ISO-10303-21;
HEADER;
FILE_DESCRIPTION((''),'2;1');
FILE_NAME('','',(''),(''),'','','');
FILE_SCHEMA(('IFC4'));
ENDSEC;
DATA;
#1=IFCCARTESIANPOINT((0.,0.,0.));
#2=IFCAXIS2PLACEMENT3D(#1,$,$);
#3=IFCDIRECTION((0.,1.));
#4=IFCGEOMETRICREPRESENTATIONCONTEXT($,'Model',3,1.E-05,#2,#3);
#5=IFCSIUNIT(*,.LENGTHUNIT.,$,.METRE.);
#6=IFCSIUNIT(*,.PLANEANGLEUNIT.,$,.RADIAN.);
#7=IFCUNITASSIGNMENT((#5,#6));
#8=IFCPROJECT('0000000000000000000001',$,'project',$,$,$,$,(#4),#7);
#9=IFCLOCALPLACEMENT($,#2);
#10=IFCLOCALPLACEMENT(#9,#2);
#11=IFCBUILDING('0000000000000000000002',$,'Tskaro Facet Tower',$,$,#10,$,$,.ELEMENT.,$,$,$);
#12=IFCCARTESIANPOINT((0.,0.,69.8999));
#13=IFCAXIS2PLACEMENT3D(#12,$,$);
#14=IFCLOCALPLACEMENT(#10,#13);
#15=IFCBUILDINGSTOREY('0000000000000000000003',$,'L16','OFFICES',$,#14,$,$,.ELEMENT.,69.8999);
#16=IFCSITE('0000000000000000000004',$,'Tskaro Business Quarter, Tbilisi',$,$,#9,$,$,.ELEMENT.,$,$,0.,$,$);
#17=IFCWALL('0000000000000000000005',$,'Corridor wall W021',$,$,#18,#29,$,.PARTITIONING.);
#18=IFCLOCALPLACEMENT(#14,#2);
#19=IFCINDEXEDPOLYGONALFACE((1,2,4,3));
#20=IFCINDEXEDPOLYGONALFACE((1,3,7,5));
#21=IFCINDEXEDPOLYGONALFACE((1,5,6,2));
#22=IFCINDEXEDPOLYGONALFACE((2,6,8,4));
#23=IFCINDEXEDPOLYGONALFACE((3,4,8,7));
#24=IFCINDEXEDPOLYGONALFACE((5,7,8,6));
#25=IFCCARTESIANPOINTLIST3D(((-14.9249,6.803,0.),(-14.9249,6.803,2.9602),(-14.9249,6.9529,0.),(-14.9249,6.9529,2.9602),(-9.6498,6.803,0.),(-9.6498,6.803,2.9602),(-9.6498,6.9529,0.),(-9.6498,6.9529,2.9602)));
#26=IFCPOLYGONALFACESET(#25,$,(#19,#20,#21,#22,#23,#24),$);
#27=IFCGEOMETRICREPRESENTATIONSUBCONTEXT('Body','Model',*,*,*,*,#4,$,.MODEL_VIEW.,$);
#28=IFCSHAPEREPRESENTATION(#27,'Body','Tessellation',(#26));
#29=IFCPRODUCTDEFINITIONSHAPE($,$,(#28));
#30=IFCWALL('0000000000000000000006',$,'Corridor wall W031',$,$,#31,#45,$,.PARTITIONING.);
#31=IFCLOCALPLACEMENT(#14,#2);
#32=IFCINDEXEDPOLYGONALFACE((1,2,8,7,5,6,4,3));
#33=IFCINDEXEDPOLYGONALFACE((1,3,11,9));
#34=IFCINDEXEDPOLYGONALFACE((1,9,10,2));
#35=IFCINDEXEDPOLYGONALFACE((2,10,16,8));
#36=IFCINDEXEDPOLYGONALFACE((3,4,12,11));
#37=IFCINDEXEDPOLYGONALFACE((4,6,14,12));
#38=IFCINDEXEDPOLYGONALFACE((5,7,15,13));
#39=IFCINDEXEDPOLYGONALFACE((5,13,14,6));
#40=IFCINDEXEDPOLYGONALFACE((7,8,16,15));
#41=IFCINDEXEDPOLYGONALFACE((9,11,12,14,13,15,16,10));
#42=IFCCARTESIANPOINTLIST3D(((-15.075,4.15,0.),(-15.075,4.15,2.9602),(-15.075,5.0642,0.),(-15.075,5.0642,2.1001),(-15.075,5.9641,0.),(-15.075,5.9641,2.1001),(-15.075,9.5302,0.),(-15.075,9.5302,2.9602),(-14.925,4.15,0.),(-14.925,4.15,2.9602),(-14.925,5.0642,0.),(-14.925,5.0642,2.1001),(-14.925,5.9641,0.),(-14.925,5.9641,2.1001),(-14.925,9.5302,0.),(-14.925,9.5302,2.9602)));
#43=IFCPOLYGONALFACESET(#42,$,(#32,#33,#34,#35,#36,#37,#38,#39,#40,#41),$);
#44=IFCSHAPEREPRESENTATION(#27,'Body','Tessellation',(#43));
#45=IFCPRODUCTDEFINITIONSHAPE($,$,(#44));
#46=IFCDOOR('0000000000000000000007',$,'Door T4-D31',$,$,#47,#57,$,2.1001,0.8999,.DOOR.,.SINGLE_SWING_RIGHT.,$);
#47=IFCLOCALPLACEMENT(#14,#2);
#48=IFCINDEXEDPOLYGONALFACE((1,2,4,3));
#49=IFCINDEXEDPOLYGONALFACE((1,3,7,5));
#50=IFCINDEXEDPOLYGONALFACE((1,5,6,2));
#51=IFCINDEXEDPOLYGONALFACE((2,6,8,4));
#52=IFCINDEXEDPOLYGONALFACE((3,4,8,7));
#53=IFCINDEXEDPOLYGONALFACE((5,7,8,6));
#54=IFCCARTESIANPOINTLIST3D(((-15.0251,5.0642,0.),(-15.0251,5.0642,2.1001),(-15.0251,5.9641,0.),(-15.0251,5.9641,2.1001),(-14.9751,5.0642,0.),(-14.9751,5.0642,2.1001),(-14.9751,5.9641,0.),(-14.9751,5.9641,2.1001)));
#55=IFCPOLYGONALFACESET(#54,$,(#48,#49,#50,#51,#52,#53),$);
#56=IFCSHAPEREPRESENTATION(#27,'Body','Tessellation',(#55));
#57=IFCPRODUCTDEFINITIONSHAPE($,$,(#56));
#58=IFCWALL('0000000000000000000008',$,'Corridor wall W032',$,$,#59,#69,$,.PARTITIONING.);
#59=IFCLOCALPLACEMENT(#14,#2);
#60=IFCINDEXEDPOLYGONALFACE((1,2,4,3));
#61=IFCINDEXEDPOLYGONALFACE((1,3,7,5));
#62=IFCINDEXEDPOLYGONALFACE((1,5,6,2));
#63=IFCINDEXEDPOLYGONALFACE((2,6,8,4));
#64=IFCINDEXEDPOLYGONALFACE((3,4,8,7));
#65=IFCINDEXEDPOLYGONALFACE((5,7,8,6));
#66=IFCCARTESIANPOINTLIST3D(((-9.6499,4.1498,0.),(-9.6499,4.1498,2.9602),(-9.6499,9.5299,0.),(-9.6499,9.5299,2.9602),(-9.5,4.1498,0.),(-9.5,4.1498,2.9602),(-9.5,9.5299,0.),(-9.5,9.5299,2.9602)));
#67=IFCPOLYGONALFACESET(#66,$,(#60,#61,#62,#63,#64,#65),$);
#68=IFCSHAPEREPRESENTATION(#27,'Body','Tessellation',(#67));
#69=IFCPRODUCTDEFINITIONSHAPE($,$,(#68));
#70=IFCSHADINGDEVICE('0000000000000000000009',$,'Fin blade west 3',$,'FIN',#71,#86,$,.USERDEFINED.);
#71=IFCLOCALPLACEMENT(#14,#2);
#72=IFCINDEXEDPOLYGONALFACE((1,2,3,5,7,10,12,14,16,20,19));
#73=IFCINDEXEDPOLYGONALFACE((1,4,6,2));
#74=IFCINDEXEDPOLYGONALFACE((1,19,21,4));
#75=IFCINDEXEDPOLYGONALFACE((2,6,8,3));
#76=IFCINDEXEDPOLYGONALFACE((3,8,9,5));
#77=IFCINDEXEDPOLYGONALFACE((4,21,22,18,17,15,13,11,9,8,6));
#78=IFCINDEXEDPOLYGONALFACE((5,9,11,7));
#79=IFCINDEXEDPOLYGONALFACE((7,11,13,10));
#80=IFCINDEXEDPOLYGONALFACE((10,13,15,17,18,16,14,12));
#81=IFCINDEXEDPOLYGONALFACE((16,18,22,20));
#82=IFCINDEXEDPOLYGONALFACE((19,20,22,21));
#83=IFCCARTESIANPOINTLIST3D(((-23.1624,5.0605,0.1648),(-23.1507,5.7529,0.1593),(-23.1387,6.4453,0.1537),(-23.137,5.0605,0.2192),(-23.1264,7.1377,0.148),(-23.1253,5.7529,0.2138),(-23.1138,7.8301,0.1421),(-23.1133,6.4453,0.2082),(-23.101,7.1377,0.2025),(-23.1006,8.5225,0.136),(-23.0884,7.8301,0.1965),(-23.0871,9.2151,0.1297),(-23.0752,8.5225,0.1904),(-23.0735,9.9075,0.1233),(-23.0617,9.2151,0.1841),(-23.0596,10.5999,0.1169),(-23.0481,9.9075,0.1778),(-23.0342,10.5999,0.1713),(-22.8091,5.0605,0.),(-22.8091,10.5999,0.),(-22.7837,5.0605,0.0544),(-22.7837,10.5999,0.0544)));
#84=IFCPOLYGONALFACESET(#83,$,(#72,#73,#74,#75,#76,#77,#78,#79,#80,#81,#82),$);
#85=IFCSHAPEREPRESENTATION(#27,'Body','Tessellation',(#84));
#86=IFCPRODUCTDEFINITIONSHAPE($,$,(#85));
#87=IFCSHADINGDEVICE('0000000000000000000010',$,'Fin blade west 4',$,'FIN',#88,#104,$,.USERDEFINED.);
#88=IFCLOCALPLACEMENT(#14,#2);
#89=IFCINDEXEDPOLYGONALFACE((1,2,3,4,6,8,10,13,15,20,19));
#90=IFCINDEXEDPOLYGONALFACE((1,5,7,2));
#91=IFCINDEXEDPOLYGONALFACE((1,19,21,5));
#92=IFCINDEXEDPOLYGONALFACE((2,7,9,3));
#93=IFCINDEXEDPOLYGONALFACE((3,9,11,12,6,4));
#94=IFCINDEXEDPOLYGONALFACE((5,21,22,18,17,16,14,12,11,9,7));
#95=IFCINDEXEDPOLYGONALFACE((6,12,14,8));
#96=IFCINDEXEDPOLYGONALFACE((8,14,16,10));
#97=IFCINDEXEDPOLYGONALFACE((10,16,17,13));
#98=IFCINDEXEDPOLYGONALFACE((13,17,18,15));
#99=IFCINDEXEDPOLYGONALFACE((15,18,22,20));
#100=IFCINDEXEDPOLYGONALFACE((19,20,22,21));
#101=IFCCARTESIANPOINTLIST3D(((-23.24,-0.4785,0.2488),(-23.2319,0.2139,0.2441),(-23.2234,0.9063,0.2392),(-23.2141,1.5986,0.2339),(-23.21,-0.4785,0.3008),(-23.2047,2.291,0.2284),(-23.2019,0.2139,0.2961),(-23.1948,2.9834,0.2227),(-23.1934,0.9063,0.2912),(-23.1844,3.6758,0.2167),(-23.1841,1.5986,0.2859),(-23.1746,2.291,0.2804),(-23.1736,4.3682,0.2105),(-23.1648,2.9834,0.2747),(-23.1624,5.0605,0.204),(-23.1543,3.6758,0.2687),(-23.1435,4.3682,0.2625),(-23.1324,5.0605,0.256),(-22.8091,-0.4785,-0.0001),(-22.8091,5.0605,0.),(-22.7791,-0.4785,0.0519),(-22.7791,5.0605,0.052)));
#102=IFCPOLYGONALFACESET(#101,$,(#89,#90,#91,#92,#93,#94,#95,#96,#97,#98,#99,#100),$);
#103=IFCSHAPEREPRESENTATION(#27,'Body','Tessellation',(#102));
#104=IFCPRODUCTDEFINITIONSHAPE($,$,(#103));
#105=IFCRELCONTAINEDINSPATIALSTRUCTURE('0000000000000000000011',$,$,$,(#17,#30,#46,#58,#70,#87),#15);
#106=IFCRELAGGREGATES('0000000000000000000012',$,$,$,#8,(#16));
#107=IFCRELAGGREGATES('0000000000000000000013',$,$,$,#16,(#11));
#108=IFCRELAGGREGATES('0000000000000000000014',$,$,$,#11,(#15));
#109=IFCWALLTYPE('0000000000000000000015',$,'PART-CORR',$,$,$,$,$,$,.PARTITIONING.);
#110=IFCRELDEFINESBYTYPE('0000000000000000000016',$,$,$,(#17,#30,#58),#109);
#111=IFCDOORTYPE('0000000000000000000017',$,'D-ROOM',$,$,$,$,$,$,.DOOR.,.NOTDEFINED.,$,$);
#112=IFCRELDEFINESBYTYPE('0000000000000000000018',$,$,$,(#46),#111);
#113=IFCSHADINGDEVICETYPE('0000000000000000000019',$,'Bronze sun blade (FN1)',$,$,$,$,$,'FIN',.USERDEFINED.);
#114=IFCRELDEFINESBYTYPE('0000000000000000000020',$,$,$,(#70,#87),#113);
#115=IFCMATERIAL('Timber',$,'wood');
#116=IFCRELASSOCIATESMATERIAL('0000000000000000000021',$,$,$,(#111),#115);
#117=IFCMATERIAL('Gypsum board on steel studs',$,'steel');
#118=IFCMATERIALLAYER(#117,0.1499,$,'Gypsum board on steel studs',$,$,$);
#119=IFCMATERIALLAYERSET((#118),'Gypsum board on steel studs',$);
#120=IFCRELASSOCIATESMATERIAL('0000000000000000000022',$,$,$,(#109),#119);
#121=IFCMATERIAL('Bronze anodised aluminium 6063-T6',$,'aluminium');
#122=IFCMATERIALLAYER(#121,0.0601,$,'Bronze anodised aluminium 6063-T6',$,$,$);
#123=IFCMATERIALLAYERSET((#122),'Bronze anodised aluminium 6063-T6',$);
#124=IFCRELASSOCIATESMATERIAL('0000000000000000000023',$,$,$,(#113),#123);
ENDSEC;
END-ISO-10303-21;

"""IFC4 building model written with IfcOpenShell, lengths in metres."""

from ifc_helpers import new_model, si_unit, direction, frame, frame_2d, origin, place, context, subcontext, project, spatial, polyline, rectangle, outline, extrude, material, layer, layer_set, type_object, element, fill, save


model = new_model("IFC4")

# Units and contexts
model_context = context("Model", 3, precision=1e-05, world=origin(), true_north=direction((0.0, 1.0)))
body_context = subcontext(model_context, "Body", "Model", "MODEL_VIEW")
ifc_project = project(units=[si_unit("LENGTHUNIT", "METRE"), si_unit("PLANEANGLEUNIT", "RADIAN")], contexts=[model_context])

# Site, building, storey
site_placement = place(None, origin())
site = spatial("IfcSite", under=ifc_project, at=site_placement, Name="Tskaro Business Quarter, Tbilisi", CompositionType="ELEMENT", RefElevation=0.0)
building_placement = place(site_placement, origin())
building = spatial("IfcBuilding", under=site, at=building_placement, Name="Tskaro Facet Tower", CompositionType="ELEMENT")
storey_placement = place(building_placement, frame((0.0, 0.0, 69.8999)))
storey = spatial("IfcBuildingStorey", under=building, at=storey_placement, Name="L16", Description="OFFICES", CompositionType="ELEMENT", Elevation=69.8999)

# Shared definitions
ifc_material_1 = material(Name="Bronze anodised aluminium 6063-T6", Category="aluminium")

# Shared definitions
ifc_material_2 = material(Name="Timber", Category="wood")
door_type_1 = type_object("IfcDoorType", Name="D-ROOM", OperationType="NOTDEFINED", PredefinedType="DOOR", material=ifc_material_2)

# Wall
ifc_material_3 = material(Name="Gypsum board on steel studs", Category="steel")
ifc_layer_1 = layer(ifc_material_3, 0.1499, Name="Gypsum board on steel studs")
ifc_layer_set_1 = layer_set([ifc_layer_1], Name="Gypsum board on steel studs")
wall_type_1 = type_object("IfcWallType", Name="PART-CORR", PredefinedType="PARTITIONING", material=ifc_layer_set_1)
wall_1_placement = place(storey_placement, frame((-14.925, 6.8779, 0.0), z_axis=(0.0, 0.0, 1.0), x_axis=(1.0, 0.0, 0.0)))
element("IfcWall", 1, at=wall_1_placement, inside=storey, type_object=wall_type_1, Name="Corridor wall W021", PredefinedType="PARTITIONING", context=body_context, shape_type="SweptSolid", body=[
    extrude(rectangle(XDim=5.2751, YDim=0.1499, at=frame_2d((2.6377, 0.0))), origin(), (0.0, 0.0, 1.0), 2.9602),
])

# Wall, opening, door
wall_2_placement = place(storey_placement, frame((-15.0, 9.53, 0.0), z_axis=(0.0, 0.0, 1.0), x_axis=(0.0, -1.0, 0.0)))
wall_2 = element("IfcWall", 2, at=wall_2_placement, inside=storey, type_object=wall_type_1, Name="Corridor wall W031", PredefinedType="PARTITIONING", context=body_context, shape_type="SweptSolid", body=[
    extrude(rectangle(XDim=5.3801, YDim=0.1499, at=frame_2d((2.6899, 0.0))), origin(), (0.0, 0.0, 1.0), 2.9602),
])
opening_1_placement = place(wall_2_placement, frame((3.5659, 0.0, 0.0)))
opening_1 = element("IfcOpeningElement", 3, at=opening_1_placement, cuts=wall_2, PredefinedType="OPENING", context=body_context, shape_type="SweptSolid", body=[
    extrude(rectangle(XDim=0.8999, YDim=2.1001, at=frame_2d((0.45, 1.05))), frame((0.0, 0.085, 0.0), z_axis=(0.0, -1.0, 0.0), x_axis=(1.0, 0.0, 0.0)), (0.0, 0.0, 1.0), 0.1699),
])
door_1_placement = place(opening_1_placement, origin())
door_1 = element("IfcDoor", 4, at=door_1_placement, inside=storey, type_object=door_type_1, Name="Door T4-D31", OperationType="SINGLE_SWING_RIGHT", OverallHeight=2.1001, OverallWidth=0.8999, PredefinedType="DOOR", context=body_context, shape_type="SweptSolid", body=[
    extrude(rectangle(XDim=0.8999, YDim=2.1001, at=frame_2d((0.45, 1.05))), frame((0.0, 0.0249, 0.0), z_axis=(0.0, -1.0, 0.0), x_axis=(1.0, 0.0, 0.0)), (0.0, 0.0, 1.0), 0.05),
])
fill(opening_1, door_1)

# Wall
wall_3_placement = place(storey_placement, frame((-9.575, 4.1499, 0.0), z_axis=(0.0, 0.0, 1.0), x_axis=(0.0, 1.0, 0.0)))
element("IfcWall", 5, at=wall_3_placement, inside=storey, type_object=wall_type_1, Name="Corridor wall W032", PredefinedType="PARTITIONING", context=body_context, shape_type="SweptSolid", body=[
    extrude(rectangle(XDim=5.3801, YDim=0.1499, at=frame_2d((2.6899, 0.0))), origin(), (0.0, 0.0, 1.0), 2.9602),
])

# Shading devices
ifc_layer_2 = layer(ifc_material_1, 0.0601, Name="Bronze anodised aluminium 6063-T6")
ifc_layer_set_2 = layer_set([ifc_layer_2], Name="Bronze anodised aluminium 6063-T6")
shading_device_type = type_object("IfcShadingDeviceType", Name="Bronze sun blade (FN1)", ElementType="FIN", PredefinedType="USERDEFINED", material=ifc_layer_set_2)
shading_device_1_placement = place(storey_placement, frame((-22.7837, 10.5999, 0.0544), z_axis=(0.422728, -0.000006, 0.906256), x_axis=(-0.000002, -1.0, -0.000005)))
element("IfcShadingDevice", 6, at=shading_device_1_placement, inside=storey, type_object=shading_device_type, Name="Fin blade west 3", ObjectType="FIN", PredefinedType="USERDEFINED", context=body_context, shape_type="SweptSolid", body=[
    extrude(outline(polyline([(0.0, 0.0), (5.5393, 0.0), (5.5393, -0.3898), (4.8469, -0.3769), (4.1545, -0.3637), (3.4622, -0.3502), (2.7698, -0.3362), (2.0774, -0.3217), (1.3848, -0.3068), (0.6924, -0.2917), (0.0, -0.2764), (0.0, 0.0)])), origin(), (0.0, 0.0, -1.0), 0.0601),
])
shading_device_2_placement = place(storey_placement, frame((-22.7791, 5.0605, 0.052), z_axis=(0.500092, -0.000012, 0.865972), x_axis=(-0.000006, -1.0, -0.00001)))
element("IfcShadingDevice", 7, at=shading_device_2_placement, inside=storey, type_object=shading_device_type, Name="Fin blade west 4", ObjectType="FIN", PredefinedType="USERDEFINED", context=body_context, shape_type="SweptSolid", body=[
    extrude(outline(polyline([(0.0, 0.0), (5.5391, 0.0), (5.5391, -0.4976), (4.8467, -0.4883), (4.1543, -0.4784), (3.4619, -0.4677), (2.7695, -0.4568), (2.0771, -0.4454), (1.3848, -0.4334), (0.6924, -0.4209), (0.0, -0.408), (0.0, 0.0)])), origin(), (0.0, 0.0, -1.0), 0.0601),
])

save(model, "model.ifc")
